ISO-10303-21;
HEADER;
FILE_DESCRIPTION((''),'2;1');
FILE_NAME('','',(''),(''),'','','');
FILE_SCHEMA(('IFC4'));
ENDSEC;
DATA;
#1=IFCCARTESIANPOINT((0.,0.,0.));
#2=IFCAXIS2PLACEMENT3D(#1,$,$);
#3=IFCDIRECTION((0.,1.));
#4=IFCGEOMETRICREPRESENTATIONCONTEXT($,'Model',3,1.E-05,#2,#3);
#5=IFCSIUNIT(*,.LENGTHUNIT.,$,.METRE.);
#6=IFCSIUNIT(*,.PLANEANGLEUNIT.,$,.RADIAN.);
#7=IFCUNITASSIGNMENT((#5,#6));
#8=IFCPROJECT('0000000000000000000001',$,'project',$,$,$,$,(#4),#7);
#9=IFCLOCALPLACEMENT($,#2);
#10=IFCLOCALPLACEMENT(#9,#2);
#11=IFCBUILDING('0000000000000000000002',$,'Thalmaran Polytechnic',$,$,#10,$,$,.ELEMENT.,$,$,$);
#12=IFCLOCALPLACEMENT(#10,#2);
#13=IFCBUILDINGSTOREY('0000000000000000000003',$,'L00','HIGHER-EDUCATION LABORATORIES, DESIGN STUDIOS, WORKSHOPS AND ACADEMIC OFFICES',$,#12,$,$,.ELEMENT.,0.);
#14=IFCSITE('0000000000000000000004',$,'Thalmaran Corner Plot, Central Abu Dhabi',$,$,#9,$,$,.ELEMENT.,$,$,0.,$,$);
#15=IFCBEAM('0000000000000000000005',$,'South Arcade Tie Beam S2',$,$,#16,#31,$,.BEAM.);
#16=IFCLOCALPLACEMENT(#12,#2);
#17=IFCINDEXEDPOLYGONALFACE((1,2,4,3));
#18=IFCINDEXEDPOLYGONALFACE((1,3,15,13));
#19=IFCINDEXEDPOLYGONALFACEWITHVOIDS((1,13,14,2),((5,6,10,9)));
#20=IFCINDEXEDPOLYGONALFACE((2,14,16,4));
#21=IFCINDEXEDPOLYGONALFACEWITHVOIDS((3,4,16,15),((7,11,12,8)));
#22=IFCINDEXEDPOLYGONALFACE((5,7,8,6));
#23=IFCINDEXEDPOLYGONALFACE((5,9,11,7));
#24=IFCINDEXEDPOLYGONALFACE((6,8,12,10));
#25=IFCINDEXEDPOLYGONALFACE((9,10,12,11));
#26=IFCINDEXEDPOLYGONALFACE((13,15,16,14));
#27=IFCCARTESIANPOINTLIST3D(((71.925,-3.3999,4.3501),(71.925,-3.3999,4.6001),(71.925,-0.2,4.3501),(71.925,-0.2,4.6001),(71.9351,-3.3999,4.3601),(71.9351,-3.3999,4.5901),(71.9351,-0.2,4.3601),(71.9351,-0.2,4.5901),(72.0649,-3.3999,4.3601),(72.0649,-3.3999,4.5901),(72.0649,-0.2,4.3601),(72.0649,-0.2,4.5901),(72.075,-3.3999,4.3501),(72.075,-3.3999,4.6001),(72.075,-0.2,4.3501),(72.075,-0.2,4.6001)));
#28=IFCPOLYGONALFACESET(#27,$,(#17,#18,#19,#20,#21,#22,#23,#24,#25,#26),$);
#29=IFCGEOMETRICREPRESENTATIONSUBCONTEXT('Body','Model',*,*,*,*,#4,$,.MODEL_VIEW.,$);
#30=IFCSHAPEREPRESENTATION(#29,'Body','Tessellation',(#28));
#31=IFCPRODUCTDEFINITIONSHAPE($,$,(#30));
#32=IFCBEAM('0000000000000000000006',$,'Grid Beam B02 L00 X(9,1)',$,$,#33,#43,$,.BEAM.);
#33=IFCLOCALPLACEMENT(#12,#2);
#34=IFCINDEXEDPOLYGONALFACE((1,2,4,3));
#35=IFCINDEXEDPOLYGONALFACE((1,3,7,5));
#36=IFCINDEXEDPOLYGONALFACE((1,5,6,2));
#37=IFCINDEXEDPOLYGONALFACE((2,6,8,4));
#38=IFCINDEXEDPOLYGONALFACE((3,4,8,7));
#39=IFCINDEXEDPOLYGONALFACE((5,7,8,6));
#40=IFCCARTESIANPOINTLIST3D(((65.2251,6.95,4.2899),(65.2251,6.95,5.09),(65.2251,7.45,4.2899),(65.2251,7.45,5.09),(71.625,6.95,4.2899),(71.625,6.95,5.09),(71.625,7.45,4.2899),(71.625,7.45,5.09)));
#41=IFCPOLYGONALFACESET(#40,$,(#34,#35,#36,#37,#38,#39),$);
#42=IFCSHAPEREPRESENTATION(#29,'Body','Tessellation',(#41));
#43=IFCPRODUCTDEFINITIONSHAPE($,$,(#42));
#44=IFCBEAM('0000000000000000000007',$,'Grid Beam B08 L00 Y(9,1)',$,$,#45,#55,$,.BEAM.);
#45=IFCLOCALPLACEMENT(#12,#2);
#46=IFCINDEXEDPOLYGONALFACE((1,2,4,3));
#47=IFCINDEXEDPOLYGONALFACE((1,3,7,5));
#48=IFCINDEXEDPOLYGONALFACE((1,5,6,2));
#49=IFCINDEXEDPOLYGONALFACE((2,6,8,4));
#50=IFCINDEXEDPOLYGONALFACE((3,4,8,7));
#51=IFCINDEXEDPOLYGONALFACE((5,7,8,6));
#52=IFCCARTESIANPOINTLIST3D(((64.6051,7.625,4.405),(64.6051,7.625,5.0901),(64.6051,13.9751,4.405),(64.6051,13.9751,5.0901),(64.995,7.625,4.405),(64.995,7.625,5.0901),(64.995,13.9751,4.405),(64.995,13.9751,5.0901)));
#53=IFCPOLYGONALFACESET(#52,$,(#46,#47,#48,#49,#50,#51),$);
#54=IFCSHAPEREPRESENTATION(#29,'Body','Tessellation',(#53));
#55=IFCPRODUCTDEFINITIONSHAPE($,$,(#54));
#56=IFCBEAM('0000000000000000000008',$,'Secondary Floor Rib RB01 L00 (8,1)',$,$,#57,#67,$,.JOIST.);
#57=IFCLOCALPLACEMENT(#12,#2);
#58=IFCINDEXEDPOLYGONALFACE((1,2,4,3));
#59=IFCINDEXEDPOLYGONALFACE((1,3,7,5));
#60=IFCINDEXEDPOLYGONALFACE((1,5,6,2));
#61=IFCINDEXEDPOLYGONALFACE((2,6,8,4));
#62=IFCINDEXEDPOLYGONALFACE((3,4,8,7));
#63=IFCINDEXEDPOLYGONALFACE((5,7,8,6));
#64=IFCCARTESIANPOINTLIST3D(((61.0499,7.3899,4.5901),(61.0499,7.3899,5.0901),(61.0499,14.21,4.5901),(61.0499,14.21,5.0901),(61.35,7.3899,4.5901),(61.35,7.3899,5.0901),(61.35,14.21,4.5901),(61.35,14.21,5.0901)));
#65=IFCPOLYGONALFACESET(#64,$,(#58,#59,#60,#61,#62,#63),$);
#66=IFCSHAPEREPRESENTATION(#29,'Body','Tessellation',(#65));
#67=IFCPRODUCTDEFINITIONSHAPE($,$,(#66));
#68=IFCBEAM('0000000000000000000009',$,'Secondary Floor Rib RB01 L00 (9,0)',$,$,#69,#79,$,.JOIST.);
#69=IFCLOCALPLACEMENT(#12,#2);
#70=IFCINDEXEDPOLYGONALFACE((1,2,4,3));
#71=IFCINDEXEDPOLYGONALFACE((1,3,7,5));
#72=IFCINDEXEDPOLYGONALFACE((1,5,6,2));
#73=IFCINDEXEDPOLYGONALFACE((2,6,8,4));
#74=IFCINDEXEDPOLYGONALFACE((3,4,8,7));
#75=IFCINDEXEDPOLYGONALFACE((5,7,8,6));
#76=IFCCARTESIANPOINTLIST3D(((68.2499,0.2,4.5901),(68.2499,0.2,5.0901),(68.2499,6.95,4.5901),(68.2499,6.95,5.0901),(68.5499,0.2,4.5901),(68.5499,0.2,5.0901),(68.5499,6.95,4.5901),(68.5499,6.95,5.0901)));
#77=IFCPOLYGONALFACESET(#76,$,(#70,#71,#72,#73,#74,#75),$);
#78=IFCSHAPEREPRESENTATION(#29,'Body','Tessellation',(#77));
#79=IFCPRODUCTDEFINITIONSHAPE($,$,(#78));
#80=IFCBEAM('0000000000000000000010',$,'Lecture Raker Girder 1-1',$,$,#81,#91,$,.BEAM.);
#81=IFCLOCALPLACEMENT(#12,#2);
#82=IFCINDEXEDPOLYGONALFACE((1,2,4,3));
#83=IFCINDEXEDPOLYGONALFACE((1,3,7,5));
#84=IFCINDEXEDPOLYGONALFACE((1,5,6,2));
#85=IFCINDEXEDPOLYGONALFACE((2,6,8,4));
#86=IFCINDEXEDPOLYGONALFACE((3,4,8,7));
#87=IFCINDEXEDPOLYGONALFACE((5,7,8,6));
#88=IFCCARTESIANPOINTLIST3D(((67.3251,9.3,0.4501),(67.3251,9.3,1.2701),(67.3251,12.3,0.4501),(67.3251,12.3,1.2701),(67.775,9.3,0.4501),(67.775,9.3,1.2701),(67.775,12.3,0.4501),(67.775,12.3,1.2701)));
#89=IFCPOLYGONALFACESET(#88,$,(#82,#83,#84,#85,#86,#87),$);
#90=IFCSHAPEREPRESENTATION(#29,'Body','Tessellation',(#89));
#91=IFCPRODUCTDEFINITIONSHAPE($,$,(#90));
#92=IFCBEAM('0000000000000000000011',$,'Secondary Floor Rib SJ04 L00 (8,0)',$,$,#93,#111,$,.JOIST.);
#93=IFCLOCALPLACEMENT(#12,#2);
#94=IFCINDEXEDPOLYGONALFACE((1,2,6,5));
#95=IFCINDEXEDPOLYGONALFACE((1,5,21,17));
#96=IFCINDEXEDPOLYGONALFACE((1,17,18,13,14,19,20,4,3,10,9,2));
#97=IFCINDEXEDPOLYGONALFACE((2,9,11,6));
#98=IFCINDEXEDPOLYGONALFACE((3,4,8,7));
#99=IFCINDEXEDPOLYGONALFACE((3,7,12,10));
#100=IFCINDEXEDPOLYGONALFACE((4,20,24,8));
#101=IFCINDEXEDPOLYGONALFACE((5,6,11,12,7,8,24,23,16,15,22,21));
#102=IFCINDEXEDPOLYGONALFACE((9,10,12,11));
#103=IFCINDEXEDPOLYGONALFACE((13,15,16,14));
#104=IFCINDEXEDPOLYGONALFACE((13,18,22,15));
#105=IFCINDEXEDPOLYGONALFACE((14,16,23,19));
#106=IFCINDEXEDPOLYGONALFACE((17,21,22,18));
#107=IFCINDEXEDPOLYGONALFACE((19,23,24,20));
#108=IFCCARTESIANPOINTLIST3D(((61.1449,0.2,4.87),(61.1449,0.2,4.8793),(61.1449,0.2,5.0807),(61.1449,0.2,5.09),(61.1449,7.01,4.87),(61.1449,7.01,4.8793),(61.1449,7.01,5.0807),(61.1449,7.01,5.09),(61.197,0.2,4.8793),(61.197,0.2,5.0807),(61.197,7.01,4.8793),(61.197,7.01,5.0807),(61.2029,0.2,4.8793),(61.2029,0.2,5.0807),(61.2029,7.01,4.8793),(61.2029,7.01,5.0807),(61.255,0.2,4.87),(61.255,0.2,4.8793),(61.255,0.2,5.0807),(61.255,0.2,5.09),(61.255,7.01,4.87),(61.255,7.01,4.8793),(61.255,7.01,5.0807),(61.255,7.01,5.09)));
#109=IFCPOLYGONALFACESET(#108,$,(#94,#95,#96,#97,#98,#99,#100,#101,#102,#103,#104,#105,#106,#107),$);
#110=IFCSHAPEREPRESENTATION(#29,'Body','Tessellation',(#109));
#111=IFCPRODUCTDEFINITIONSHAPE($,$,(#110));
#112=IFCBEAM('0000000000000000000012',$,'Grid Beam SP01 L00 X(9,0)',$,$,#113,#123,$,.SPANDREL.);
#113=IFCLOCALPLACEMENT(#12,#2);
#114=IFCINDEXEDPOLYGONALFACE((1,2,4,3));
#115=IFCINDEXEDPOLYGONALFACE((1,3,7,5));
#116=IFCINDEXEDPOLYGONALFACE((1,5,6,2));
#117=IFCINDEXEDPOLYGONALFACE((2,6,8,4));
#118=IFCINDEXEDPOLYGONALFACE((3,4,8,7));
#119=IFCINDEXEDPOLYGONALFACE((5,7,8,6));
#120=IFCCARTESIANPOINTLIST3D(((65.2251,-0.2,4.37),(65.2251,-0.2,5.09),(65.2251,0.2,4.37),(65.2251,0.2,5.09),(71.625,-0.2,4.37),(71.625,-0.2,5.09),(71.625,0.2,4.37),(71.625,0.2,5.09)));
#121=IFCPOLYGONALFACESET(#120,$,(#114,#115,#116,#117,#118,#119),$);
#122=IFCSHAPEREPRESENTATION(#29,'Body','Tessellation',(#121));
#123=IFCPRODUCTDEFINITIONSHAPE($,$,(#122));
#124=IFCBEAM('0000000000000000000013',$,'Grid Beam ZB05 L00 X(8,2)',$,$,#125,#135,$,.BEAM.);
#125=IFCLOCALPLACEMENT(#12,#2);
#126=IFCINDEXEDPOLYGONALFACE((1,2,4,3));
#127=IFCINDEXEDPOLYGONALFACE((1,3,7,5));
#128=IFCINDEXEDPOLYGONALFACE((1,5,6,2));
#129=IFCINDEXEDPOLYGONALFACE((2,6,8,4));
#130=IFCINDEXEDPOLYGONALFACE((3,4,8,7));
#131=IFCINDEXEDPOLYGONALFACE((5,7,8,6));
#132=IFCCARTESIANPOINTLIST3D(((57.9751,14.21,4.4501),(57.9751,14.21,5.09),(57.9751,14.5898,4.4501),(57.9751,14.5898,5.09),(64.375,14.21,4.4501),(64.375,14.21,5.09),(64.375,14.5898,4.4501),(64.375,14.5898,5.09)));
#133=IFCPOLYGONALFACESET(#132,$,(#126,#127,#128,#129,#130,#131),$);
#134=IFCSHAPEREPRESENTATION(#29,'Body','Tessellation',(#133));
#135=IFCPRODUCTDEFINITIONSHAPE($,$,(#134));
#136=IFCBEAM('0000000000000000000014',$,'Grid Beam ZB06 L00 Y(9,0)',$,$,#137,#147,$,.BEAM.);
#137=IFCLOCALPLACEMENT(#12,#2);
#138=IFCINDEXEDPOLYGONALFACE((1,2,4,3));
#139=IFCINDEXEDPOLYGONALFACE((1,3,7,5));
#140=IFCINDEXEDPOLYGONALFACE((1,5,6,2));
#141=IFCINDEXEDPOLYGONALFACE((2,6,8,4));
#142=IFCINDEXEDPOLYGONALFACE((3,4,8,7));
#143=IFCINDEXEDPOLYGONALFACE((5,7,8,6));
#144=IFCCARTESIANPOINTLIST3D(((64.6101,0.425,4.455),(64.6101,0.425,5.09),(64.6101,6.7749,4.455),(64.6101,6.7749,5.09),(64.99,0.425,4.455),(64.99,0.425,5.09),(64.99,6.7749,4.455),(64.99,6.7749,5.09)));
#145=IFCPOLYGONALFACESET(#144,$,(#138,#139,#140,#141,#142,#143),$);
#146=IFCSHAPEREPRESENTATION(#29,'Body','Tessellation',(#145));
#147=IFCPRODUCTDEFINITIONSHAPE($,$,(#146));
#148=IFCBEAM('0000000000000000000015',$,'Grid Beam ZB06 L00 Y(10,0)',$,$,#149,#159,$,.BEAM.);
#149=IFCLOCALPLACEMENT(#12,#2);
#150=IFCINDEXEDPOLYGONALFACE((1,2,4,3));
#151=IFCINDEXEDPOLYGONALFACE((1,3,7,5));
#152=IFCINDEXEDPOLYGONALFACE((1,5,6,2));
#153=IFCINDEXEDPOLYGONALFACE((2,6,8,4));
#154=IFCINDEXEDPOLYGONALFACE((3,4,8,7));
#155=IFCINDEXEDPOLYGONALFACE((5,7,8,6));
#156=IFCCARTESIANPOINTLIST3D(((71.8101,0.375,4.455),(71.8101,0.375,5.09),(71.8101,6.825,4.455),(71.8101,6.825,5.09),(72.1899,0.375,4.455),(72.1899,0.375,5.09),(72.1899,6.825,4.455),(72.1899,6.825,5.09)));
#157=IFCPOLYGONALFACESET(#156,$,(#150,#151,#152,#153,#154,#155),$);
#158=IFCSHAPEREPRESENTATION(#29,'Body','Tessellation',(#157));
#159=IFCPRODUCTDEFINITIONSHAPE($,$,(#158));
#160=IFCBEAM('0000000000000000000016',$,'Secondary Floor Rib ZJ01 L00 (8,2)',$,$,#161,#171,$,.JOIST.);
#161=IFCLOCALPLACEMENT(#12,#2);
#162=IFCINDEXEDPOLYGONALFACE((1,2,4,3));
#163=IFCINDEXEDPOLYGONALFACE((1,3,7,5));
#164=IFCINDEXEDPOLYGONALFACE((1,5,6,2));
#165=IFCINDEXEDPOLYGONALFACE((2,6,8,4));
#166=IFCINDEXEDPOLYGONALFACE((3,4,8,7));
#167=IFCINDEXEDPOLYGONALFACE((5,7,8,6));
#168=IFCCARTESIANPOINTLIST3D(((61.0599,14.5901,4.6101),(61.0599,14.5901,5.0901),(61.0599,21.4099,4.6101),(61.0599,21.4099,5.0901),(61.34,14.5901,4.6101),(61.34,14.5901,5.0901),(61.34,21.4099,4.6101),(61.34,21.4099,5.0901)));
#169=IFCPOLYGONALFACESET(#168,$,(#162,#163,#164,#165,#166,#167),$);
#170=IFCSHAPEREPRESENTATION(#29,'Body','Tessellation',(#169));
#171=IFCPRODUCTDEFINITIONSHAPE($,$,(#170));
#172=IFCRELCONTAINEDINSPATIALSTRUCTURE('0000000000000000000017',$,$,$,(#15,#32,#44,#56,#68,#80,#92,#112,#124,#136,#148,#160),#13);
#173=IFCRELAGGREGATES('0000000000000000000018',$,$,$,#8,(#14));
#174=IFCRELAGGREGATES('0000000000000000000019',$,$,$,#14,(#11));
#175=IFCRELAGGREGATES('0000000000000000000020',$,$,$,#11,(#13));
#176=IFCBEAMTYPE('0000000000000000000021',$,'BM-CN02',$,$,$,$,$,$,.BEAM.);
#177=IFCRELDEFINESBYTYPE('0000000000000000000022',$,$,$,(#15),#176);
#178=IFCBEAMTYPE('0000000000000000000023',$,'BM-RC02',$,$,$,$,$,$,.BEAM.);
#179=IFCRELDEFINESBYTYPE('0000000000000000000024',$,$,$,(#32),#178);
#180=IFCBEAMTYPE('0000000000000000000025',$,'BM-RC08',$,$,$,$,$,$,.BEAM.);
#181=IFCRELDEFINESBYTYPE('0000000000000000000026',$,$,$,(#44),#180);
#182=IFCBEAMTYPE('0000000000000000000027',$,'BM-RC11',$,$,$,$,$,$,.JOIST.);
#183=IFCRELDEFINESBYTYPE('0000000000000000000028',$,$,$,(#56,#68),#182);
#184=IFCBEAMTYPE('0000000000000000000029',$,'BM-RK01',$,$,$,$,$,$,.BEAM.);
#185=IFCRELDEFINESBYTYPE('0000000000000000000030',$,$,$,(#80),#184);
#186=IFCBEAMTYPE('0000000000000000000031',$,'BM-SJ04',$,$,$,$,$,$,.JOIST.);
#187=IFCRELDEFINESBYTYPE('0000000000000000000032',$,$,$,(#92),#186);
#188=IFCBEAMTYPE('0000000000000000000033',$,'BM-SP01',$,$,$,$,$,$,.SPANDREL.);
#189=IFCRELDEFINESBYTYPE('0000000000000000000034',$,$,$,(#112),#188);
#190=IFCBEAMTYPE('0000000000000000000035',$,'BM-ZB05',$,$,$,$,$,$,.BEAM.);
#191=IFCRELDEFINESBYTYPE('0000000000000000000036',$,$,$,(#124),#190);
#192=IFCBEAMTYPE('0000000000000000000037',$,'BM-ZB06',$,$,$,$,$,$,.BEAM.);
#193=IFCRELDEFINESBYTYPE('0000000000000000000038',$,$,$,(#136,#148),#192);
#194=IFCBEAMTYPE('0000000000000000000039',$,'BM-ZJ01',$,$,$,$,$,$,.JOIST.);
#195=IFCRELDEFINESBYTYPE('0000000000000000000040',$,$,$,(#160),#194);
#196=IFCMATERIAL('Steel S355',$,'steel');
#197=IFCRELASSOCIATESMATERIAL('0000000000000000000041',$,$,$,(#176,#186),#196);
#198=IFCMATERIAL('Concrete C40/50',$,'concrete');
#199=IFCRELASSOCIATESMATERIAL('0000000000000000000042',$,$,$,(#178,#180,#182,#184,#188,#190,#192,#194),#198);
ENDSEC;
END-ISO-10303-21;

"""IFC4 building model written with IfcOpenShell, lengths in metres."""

from ifc_helpers import new_model, si_unit, direction, frame, origin, origin_2d, place, context, subcontext, project, spatial, rectangle, hollow_rectangle, i_section, extrude, material, material_profile, profile_set, type_object, element, save


model = new_model("IFC4")

# Units and contexts
model_context = context("Model", 3, precision=1e-05, world=origin(), true_north=direction((0.0, 1.0)))
body_context = subcontext(model_context, "Body", "Model", "MODEL_VIEW")
ifc_project = project(units=[si_unit("LENGTHUNIT", "METRE"), si_unit("PLANEANGLEUNIT", "RADIAN")], contexts=[model_context])

# Site, building, storey
site_placement = place(None, origin())
site = spatial("IfcSite", under=ifc_project, at=site_placement, Name="Thalmaran Corner Plot, Central Abu Dhabi", CompositionType="ELEMENT", RefElevation=0.0)
building_placement = place(site_placement, origin())
building = spatial("IfcBuilding", under=site, at=building_placement, Name="Thalmaran Polytechnic", CompositionType="ELEMENT")
storey_placement = place(building_placement, origin())
storey = spatial("IfcBuildingStorey", under=building, at=storey_placement, Name="L00", Description="HIGHER-EDUCATION LABORATORIES, DESIGN STUDIOS, WORKSHOPS AND ACADEMIC OFFICES", CompositionType="ELEMENT", Elevation=0.0)

# Shared definitions
ifc_material_1 = material(Name="Concrete C40/50", Category="concrete")

# Beams
ifc_material_2 = material(Name="Steel S355", Category="steel")
ifc_material_profile_1 = material_profile(ifc_material_2, hollow_rectangle(XDim=0.1499, YDim=0.25, WallThickness=0.01, at=origin_2d()), Name="RHS 250x150x10.0")
ifc_profile_set_1 = profile_set([ifc_material_profile_1], Name="Steel S355")
beam_type_1 = type_object("IfcBeamType", Name="BM-CN02", PredefinedType="BEAM", material=ifc_profile_set_1)
for number, where, z_axis, x_axis, name in (
    (1, (72.0, -3.3999, 4.4751), (0.0, 1.0, 0.0), (-1.0, 0.0, 0.0), "South Arcade Tie Beam S2"),
):
    element("IfcBeam", number, at=place(storey_placement, frame(where, z_axis=z_axis, x_axis=x_axis)), inside=storey, type_object=beam_type_1, Name=name, PredefinedType="BEAM", context=body_context, shape_type="SweptSolid", body=[
        extrude(hollow_rectangle(XDim=0.1499, YDim=0.25, WallThickness=0.01, at=origin_2d()), origin(), (0.0, 0.0, 1.0), 3.2),
    ])
ifc_material_profile_2 = material_profile(ifc_material_1, rectangle(XDim=0.5, YDim=0.8, at=origin_2d()), Name="RC 500x800")
ifc_profile_set_2 = profile_set([ifc_material_profile_2], Name="Concrete C40/50")
beam_type_2 = type_object("IfcBeamType", Name="BM-RC02", PredefinedType="BEAM", material=ifc_profile_set_2)
beam_1_placement = place(storey_placement, frame((65.2251, 7.2, 4.6899), z_axis=(1.0, 0.0, 0.0), x_axis=(0.0, 1.0, 0.0)))
element("IfcBeam", 2, at=beam_1_placement, inside=storey, type_object=beam_type_2, Name="Grid Beam B02 L00 X(9,1)", PredefinedType="BEAM", context=body_context, shape_type="SweptSolid", body=[
    extrude(rectangle(XDim=0.5, YDim=0.8, at=origin_2d()), origin(), (0.0, 0.0, 1.0), 6.3999),
])
ifc_material_profile_3 = material_profile(ifc_material_1, rectangle(XDim=0.3899, YDim=0.6851, at=origin_2d()), Name="RC 390x685")
ifc_profile_set_3 = profile_set([ifc_material_profile_3], Name="Concrete C40/50")
beam_type_3 = type_object("IfcBeamType", Name="BM-RC08", PredefinedType="BEAM", material=ifc_profile_set_3)
beam_2_placement = place(storey_placement, frame((64.8, 7.625, 4.7476), z_axis=(0.0, 1.0, 0.0), x_axis=(-1.0, 0.0, 0.0)))
element("IfcBeam", 3, at=beam_2_placement, inside=storey, type_object=beam_type_3, Name="Grid Beam B08 L00 Y(9,1)", PredefinedType="BEAM", context=body_context, shape_type="SweptSolid", body=[
    extrude(rectangle(XDim=0.3899, YDim=0.6851, at=origin_2d()), origin(), (0.0, 0.0, 1.0), 6.3501),
])
ifc_material_profile_4 = material_profile(ifc_material_1, rectangle(XDim=0.3, YDim=0.5, at=origin_2d()), Name="RC 300x500")
ifc_profile_set_4 = profile_set([ifc_material_profile_4], Name="Concrete C40/50")
beam_type_4 = type_object("IfcBeamType", Name="BM-RC11", PredefinedType="JOIST", material=ifc_profile_set_4)
beam_3_placement = place(storey_placement, frame((61.2, 7.3899, 4.8401), z_axis=(0.0, 1.0, 0.0), x_axis=(-1.0, 0.0, 0.0)))
element("IfcBeam", 4, at=beam_3_placement, inside=storey, type_object=beam_type_4, Name="Secondary Floor Rib RB01 L00 (8,1)", PredefinedType="JOIST", context=body_context, shape_type="SweptSolid", body=[
    extrude(rectangle(XDim=0.3, YDim=0.5, at=origin_2d()), origin(), (0.0, 0.0, 1.0), 6.8201),
])
beam_4_placement = place(storey_placement, frame((68.3999, 0.2, 4.8401), z_axis=(0.0, 1.0, 0.0), x_axis=(-1.0, 0.0, 0.0)))
element("IfcBeam", 5, at=beam_4_placement, inside=storey, type_object=beam_type_4, Name="Secondary Floor Rib RB01 L00 (9,0)", PredefinedType="JOIST", context=body_context, shape_type="SweptSolid", body=[
    extrude(rectangle(XDim=0.3, YDim=0.5, at=origin_2d()), origin(), (0.0, 0.0, 1.0), 6.75),
])
ifc_material_profile_5 = material_profile(ifc_material_1, rectangle(XDim=0.45, YDim=0.8201, at=origin_2d()), Name="RC 450x820")
ifc_profile_set_5 = profile_set([ifc_material_profile_5], Name="Concrete C40/50")
beam_type_5 = type_object("IfcBeamType", Name="BM-RK01", PredefinedType="BEAM", material=ifc_profile_set_5)
beam_5_placement = place(storey_placement, frame((67.55, 9.3, 0.8601), z_axis=(0.0, 1.0, 0.0), x_axis=(-1.0, 0.0, 0.0)))
element("IfcBeam", 6, at=beam_5_placement, inside=storey, type_object=beam_type_5, Name="Lecture Raker Girder 1-1", PredefinedType="BEAM", context=body_context, shape_type="SweptSolid", body=[
    extrude(rectangle(XDim=0.45, YDim=0.8201, at=origin_2d()), origin(), (0.0, 0.0, 1.0), 3.0),
])
ifc_material_profile_6 = material_profile(ifc_material_2, i_section(OverallWidth=0.1101, OverallDepth=0.22, WebThickness=0.0059, FlangeThickness=0.0093, at=origin_2d()), Name="IPE 220")
ifc_profile_set_6 = profile_set([ifc_material_profile_6], Name="Steel S355")
beam_type_6 = type_object("IfcBeamType", Name="BM-SJ04", PredefinedType="JOIST", material=ifc_profile_set_6)
beam_6_placement = place(storey_placement, frame((61.2, 0.2, 4.98), z_axis=(0.0, 1.0, 0.0), x_axis=(-1.0, 0.0, 0.0)))
element("IfcBeam", 7, at=beam_6_placement, inside=storey, type_object=beam_type_6, Name="Secondary Floor Rib SJ04 L00 (8,0)", PredefinedType="JOIST", context=body_context, shape_type="SweptSolid", body=[
    extrude(i_section(OverallWidth=0.1101, OverallDepth=0.22, WebThickness=0.0059, FlangeThickness=0.0093, at=origin_2d()), origin(), (0.0, 0.0, 1.0), 6.8101),
])
ifc_material_profile_7 = material_profile(ifc_material_1, rectangle(XDim=0.3999, YDim=0.72, at=origin_2d()), Name="RC 400x720")
ifc_profile_set_7 = profile_set([ifc_material_profile_7], Name="Concrete C40/50")
beam_type_7 = type_object("IfcBeamType", Name="BM-SP01", PredefinedType="SPANDREL", material=ifc_profile_set_7)
beam_7_placement = place(storey_placement, frame((65.2251, 0.0, 4.73), z_axis=(1.0, 0.0, 0.0), x_axis=(0.0, 1.0, 0.0)))
element("IfcBeam", 8, at=beam_7_placement, inside=storey, type_object=beam_type_7, Name="Grid Beam SP01 L00 X(9,0)", PredefinedType="SPANDREL", context=body_context, shape_type="SweptSolid", body=[
    extrude(rectangle(XDim=0.3999, YDim=0.72, at=origin_2d()), origin(), (0.0, 0.0, 1.0), 6.3999),
])
ifc_material_profile_8 = material_profile(ifc_material_1, rectangle(XDim=0.3799, YDim=0.6399, at=origin_2d()), Name="RC 380x640")
ifc_profile_set_8 = profile_set([ifc_material_profile_8], Name="Concrete C40/50")
beam_type_8 = type_object("IfcBeamType", Name="BM-ZB05", PredefinedType="BEAM", material=ifc_profile_set_8)
beam_8_placement = place(storey_placement, frame((57.9751, 14.3999, 4.77), z_axis=(1.0, 0.0, 0.0), x_axis=(0.0, 1.0, 0.0)))
element("IfcBeam", 9, at=beam_8_placement, inside=storey, type_object=beam_type_8, Name="Grid Beam ZB05 L00 X(8,2)", PredefinedType="BEAM", context=body_context, shape_type="SweptSolid", body=[
    extrude(rectangle(XDim=0.3799, YDim=0.6399, at=origin_2d()), origin(), (0.0, 0.0, 1.0), 6.3999),
])
ifc_material_profile_9 = material_profile(ifc_material_1, rectangle(XDim=0.3799, YDim=0.635, at=origin_2d()), Name="RC 380x635")
ifc_profile_set_9 = profile_set([ifc_material_profile_9], Name="Concrete C40/50")
beam_type_9 = type_object("IfcBeamType", Name="BM-ZB06", PredefinedType="BEAM", material=ifc_profile_set_9)
beam_9_placement = place(storey_placement, frame((64.8, 0.425, 4.7725), z_axis=(0.0, 1.0, 0.0), x_axis=(-1.0, 0.0, 0.0)))
element("IfcBeam", 10, at=beam_9_placement, inside=storey, type_object=beam_type_9, Name="Grid Beam ZB06 L00 Y(9,0)", PredefinedType="BEAM", context=body_context, shape_type="SweptSolid", body=[
    extrude(rectangle(XDim=0.3799, YDim=0.635, at=origin_2d()), origin(), (0.0, 0.0, 1.0), 6.3499),
])
beam_10_placement = place(storey_placement, frame((72.0, 0.375, 4.7725), z_axis=(0.0, 1.0, 0.0), x_axis=(-1.0, 0.0, 0.0)))
element("IfcBeam", 11, at=beam_10_placement, inside=storey, type_object=beam_type_9, Name="Grid Beam ZB06 L00 Y(10,0)", PredefinedType="BEAM", context=body_context, shape_type="SweptSolid", body=[
    extrude(rectangle(XDim=0.3799, YDim=0.635, at=origin_2d()), origin(), (0.0, 0.0, 1.0), 6.45),
])
ifc_material_profile_10 = material_profile(ifc_material_1, rectangle(XDim=0.28, YDim=0.48, at=origin_2d()), Name="RC 280x480")
ifc_profile_set_10 = profile_set([ifc_material_profile_10], Name="Concrete C40/50")
beam_type_10 = type_object("IfcBeamType", Name="BM-ZJ01", PredefinedType="JOIST", material=ifc_profile_set_10)
beam_11_placement = place(storey_placement, frame((61.2, 14.5901, 4.8501), z_axis=(0.0, 1.0, 0.0), x_axis=(-1.0, 0.0, 0.0)))
element("IfcBeam", 12, at=beam_11_placement, inside=storey, type_object=beam_type_10, Name="Secondary Floor Rib ZJ01 L00 (8,2)", PredefinedType="JOIST", context=body_context, shape_type="SweptSolid", body=[
    extrude(rectangle(XDim=0.28, YDim=0.48, at=origin_2d()), origin(), (0.0, 0.0, 1.0), 6.8198),
])

save(model, "model.ifc")
